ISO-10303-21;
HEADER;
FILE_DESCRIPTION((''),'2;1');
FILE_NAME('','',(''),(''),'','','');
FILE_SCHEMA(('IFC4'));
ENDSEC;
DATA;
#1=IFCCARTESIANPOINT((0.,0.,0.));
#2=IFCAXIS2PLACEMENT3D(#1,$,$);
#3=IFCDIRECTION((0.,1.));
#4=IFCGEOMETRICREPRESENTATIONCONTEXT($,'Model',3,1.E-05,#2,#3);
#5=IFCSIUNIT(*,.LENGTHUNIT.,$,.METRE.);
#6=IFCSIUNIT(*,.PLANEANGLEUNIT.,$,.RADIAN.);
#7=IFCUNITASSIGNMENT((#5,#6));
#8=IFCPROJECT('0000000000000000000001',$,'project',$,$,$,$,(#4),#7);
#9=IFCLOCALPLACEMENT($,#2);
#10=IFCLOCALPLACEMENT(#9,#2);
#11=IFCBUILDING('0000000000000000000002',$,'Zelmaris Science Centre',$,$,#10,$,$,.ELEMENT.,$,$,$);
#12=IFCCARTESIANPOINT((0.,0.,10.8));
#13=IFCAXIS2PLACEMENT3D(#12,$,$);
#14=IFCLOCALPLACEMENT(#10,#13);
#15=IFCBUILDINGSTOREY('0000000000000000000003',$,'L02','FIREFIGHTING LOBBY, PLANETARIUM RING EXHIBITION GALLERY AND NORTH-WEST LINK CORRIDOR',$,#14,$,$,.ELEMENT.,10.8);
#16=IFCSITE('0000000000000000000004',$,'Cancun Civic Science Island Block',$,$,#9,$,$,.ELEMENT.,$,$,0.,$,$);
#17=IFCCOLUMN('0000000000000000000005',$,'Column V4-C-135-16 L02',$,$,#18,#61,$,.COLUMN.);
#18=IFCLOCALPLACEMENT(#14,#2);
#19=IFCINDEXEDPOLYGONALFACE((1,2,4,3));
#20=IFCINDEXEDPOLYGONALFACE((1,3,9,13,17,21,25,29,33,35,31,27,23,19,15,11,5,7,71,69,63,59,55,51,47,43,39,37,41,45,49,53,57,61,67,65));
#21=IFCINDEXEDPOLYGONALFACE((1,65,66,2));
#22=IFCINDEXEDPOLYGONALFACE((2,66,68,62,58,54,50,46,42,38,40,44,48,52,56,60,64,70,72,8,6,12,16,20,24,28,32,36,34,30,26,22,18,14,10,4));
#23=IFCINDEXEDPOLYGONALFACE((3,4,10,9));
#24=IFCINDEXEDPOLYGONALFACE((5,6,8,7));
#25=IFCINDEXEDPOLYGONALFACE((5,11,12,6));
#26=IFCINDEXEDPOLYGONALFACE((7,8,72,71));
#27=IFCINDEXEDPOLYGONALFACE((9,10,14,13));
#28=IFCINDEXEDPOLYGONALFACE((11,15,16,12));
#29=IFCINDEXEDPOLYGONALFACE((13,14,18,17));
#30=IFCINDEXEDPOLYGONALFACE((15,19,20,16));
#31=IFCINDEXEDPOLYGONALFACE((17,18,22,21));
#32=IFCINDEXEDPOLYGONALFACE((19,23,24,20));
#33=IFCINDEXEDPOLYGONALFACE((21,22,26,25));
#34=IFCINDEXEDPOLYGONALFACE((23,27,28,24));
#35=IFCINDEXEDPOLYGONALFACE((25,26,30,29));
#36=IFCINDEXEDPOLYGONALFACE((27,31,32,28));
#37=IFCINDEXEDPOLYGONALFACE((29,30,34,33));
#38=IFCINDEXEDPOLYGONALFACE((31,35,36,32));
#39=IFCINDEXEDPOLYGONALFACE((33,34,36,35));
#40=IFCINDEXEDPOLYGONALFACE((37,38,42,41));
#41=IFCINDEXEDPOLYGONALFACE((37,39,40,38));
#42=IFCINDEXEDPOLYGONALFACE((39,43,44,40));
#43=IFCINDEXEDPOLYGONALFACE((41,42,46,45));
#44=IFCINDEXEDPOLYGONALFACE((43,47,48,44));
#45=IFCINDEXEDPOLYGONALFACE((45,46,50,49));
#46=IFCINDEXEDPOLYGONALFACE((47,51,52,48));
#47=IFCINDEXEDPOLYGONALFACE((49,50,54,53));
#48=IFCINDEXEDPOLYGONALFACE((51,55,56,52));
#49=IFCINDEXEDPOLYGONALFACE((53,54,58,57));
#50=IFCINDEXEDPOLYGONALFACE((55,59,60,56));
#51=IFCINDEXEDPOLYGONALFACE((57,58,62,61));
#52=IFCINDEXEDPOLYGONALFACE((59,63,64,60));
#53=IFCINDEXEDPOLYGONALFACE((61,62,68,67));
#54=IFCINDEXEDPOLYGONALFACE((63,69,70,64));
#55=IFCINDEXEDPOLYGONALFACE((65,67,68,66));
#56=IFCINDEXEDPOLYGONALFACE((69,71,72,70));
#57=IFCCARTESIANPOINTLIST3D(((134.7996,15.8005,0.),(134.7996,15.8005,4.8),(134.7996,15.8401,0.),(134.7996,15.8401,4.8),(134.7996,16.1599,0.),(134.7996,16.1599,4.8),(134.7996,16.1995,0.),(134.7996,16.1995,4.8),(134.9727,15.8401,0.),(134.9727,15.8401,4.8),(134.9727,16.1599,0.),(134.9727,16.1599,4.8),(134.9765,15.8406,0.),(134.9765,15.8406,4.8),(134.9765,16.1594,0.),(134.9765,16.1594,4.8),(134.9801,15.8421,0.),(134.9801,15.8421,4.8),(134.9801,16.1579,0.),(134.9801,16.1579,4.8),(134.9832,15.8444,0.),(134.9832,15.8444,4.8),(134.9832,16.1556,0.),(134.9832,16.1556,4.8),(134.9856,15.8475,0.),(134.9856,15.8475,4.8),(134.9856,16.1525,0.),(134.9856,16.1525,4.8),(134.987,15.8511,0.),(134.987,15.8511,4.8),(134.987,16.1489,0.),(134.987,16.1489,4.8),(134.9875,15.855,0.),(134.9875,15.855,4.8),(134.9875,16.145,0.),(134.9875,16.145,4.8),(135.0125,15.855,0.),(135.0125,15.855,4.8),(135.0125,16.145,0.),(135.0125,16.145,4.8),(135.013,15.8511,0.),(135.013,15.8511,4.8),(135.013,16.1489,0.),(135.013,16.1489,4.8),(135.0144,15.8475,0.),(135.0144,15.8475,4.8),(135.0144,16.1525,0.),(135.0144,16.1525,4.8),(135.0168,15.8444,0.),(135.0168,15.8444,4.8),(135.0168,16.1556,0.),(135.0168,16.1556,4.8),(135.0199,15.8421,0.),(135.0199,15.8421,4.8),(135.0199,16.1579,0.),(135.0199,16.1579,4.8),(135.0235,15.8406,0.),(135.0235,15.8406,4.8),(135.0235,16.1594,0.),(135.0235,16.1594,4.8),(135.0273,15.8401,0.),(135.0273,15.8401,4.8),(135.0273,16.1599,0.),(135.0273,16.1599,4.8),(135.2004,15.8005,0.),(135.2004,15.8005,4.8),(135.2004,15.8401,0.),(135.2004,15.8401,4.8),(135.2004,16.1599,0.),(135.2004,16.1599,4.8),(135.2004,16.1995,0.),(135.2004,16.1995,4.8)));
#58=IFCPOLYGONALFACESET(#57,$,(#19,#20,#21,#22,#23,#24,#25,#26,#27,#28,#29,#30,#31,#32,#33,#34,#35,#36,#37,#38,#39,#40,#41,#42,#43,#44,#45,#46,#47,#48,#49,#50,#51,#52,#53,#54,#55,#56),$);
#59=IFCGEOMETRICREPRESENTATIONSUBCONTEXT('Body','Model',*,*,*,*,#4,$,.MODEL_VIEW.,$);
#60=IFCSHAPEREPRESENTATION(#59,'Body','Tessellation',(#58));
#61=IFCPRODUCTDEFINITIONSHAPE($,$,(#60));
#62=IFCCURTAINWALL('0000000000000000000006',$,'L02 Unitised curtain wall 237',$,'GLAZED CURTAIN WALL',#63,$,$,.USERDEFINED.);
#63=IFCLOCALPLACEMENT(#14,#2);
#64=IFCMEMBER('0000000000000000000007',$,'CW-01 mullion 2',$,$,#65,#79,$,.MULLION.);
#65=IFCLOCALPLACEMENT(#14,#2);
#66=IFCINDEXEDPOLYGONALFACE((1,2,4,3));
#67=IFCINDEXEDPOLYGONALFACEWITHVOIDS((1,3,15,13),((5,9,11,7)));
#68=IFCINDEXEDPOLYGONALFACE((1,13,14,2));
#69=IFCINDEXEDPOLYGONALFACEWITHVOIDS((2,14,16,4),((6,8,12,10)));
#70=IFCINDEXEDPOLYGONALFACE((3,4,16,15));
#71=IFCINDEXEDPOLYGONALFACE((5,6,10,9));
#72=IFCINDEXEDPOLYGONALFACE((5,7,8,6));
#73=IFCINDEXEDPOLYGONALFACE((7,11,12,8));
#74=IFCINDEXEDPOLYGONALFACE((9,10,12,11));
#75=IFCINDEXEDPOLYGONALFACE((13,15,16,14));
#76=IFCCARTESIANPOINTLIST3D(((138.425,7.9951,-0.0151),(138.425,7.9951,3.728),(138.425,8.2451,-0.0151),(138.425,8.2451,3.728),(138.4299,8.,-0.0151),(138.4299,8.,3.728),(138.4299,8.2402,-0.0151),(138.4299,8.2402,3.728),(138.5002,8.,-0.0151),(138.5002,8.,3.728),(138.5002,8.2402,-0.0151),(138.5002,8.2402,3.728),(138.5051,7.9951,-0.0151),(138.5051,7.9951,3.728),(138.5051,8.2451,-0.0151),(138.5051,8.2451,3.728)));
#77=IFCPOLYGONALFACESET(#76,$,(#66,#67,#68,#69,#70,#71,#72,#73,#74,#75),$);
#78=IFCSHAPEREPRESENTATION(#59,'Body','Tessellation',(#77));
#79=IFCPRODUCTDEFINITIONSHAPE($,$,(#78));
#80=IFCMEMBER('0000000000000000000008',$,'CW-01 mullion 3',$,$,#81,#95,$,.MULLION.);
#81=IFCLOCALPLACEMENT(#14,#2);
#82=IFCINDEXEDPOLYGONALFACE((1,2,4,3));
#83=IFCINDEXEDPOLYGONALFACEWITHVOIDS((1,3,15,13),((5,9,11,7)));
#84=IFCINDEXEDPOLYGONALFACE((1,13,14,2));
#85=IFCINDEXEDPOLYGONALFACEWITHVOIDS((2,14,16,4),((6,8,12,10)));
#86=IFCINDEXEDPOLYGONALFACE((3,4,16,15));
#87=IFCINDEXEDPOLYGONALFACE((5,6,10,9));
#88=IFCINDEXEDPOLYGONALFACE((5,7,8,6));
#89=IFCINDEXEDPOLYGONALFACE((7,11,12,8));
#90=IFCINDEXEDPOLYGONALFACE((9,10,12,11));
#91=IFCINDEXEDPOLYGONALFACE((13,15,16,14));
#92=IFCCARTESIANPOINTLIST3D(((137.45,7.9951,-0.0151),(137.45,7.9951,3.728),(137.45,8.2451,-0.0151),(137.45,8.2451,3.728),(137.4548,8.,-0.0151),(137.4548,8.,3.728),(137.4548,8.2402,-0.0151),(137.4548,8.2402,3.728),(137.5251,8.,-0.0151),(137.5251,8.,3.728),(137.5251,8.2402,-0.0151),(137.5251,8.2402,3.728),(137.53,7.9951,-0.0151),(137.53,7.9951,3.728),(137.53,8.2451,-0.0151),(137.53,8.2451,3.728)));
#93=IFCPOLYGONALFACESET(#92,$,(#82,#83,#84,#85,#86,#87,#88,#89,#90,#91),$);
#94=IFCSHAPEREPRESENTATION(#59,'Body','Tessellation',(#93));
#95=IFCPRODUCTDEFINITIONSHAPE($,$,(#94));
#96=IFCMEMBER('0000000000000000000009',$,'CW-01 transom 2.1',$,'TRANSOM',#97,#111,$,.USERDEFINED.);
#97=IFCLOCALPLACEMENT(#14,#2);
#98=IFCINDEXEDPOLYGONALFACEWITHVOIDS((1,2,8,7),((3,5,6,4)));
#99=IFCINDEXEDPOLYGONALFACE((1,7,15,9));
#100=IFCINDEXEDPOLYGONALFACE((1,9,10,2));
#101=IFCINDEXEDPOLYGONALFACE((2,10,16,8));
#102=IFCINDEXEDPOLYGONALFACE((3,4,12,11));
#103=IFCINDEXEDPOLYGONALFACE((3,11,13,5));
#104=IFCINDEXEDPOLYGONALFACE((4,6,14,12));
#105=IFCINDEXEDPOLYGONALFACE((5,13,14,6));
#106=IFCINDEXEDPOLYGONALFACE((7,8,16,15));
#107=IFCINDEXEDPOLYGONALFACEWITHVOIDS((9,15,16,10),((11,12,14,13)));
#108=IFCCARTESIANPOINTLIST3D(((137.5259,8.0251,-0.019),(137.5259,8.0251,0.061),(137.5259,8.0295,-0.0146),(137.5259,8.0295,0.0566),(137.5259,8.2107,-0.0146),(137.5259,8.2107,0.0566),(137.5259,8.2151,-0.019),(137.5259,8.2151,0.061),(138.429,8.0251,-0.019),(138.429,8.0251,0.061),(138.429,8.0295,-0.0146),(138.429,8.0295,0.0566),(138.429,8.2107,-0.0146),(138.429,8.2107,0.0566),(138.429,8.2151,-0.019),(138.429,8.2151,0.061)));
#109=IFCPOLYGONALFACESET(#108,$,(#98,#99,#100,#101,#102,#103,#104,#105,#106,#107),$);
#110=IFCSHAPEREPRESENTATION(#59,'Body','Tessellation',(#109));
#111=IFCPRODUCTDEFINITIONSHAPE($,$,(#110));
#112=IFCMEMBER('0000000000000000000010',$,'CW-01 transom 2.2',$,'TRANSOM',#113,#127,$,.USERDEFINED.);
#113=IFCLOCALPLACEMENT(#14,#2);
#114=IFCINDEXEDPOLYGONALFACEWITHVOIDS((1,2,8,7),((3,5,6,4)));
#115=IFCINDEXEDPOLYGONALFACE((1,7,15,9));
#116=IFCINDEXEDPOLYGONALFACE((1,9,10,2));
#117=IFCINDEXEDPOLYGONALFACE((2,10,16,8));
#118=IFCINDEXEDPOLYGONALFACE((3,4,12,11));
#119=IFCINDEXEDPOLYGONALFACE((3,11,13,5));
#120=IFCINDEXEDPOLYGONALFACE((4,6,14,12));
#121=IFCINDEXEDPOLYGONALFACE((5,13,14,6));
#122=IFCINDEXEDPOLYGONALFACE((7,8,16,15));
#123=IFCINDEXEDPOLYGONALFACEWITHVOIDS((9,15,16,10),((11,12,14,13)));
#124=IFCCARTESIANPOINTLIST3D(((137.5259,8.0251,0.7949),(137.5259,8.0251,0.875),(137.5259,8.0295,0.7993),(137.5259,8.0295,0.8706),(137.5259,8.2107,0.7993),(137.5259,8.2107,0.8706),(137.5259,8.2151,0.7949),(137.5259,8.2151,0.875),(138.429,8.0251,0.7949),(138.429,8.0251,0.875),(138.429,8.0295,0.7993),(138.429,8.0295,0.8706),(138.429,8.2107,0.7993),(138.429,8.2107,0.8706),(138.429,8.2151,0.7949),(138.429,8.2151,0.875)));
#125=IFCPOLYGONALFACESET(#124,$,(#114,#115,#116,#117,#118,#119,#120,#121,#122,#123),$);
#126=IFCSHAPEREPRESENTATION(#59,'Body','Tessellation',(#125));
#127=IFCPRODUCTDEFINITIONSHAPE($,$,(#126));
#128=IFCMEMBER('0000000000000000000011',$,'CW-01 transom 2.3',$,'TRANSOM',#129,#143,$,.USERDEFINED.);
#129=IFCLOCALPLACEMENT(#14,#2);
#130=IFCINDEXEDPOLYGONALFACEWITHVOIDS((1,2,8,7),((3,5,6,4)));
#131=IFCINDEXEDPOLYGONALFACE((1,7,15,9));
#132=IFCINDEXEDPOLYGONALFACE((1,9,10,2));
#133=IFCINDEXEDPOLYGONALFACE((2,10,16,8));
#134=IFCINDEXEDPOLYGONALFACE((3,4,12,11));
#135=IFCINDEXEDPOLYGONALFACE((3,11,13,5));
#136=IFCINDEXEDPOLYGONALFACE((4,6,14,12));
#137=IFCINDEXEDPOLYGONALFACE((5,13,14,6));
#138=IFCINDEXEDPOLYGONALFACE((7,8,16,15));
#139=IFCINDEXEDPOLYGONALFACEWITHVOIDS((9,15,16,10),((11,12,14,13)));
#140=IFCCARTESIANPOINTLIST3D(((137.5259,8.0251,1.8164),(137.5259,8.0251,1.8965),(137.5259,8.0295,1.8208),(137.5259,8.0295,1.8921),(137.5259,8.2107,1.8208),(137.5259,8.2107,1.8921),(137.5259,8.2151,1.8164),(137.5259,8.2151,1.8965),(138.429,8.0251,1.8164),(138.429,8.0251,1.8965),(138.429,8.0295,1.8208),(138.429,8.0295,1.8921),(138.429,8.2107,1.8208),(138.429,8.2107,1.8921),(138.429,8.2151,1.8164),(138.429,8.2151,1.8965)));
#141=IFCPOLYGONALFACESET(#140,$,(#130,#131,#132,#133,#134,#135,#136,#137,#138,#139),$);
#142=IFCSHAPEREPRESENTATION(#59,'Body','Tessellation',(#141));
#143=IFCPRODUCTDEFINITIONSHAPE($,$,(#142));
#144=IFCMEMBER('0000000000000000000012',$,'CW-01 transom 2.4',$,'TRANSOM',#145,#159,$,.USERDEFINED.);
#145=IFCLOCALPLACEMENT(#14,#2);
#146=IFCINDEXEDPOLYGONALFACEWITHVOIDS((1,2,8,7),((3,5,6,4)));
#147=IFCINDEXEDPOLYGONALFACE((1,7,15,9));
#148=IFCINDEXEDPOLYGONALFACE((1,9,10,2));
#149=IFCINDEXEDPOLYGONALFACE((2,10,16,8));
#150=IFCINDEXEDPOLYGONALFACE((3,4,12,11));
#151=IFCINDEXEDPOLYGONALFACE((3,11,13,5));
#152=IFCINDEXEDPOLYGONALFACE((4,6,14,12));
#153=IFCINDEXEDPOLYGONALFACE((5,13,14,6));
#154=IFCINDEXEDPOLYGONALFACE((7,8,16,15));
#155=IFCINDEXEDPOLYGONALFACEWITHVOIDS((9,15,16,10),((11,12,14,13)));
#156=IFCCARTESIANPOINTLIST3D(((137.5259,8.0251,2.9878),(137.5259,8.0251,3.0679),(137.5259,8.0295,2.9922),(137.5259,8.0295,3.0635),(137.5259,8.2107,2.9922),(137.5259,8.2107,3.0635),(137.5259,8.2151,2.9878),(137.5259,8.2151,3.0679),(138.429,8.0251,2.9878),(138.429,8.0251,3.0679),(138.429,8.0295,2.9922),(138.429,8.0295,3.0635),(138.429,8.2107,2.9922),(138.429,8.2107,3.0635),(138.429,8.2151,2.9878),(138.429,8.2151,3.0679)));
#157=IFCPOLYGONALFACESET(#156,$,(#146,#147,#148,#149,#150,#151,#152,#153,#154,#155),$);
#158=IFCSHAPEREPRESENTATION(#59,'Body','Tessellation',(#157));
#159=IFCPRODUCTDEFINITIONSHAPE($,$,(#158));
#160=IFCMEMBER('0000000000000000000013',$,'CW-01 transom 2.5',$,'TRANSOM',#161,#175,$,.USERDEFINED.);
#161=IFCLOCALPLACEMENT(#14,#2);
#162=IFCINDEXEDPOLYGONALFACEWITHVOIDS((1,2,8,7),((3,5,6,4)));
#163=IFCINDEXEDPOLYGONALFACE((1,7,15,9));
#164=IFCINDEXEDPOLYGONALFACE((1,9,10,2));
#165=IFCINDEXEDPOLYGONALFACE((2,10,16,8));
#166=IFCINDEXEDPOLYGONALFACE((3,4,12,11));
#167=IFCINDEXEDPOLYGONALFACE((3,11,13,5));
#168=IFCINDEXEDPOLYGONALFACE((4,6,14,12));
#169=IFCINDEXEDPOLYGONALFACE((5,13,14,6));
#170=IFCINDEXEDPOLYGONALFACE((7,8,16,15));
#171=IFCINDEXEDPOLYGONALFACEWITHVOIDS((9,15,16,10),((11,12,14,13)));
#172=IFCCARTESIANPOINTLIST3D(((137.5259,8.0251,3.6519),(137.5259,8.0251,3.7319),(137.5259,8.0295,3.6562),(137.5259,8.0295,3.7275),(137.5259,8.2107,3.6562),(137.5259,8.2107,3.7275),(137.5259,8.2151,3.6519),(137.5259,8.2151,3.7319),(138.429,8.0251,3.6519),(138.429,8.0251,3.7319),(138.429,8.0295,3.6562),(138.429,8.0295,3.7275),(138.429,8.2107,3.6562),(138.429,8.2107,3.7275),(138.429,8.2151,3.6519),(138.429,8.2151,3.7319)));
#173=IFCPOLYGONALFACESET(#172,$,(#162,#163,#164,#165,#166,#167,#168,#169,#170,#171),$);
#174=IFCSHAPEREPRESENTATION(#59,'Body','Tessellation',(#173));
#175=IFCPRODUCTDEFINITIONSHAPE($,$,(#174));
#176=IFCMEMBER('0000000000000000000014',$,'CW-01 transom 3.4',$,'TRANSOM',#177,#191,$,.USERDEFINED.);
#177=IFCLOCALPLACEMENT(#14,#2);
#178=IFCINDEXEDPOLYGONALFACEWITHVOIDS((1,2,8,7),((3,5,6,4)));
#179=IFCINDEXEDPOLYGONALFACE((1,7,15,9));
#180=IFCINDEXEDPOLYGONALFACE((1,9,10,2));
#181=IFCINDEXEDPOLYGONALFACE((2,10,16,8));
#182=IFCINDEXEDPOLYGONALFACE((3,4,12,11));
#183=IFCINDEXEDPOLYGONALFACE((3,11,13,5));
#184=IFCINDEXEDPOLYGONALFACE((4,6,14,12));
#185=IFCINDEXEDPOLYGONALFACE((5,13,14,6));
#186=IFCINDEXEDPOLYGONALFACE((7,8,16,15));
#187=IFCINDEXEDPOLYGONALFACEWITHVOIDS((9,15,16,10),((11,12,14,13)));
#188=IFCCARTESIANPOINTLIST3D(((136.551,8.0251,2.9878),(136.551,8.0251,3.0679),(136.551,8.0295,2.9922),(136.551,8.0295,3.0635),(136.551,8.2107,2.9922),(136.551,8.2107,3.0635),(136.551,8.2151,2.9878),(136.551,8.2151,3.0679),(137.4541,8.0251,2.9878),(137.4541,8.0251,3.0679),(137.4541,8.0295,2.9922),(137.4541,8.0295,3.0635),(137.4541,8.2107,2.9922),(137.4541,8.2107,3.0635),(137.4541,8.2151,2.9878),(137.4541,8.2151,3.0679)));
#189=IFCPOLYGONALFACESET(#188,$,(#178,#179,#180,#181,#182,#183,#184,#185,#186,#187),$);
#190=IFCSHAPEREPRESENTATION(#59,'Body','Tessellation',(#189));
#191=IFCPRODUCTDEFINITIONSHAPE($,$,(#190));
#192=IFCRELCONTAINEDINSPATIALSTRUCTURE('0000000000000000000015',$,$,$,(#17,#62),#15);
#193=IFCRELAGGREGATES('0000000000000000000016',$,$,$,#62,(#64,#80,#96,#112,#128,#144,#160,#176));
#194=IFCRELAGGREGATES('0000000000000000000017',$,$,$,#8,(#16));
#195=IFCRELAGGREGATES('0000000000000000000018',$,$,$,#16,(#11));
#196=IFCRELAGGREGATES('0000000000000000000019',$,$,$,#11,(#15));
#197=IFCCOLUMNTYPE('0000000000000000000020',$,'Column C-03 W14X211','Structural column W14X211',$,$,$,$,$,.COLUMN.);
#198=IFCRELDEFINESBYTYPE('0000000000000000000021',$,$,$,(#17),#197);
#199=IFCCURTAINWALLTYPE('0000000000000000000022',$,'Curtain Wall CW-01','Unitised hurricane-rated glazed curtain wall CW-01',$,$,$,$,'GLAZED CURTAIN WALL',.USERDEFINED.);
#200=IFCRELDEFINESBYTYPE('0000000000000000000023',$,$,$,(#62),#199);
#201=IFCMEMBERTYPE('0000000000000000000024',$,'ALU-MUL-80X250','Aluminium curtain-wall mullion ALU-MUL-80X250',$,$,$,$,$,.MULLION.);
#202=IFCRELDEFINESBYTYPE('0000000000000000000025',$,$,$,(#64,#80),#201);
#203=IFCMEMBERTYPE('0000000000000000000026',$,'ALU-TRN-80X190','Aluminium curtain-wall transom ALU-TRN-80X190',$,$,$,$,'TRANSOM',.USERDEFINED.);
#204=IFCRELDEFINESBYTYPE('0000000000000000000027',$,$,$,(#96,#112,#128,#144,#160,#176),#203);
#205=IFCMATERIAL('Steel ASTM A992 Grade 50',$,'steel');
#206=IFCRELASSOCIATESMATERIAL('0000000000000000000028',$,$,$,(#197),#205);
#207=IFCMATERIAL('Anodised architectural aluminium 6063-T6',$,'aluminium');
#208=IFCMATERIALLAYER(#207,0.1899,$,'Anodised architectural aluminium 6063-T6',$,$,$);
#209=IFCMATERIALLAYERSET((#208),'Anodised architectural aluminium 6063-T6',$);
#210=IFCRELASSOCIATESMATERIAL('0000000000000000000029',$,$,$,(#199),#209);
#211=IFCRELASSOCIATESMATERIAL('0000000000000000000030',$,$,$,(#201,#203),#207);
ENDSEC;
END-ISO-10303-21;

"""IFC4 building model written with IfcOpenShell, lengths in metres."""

from ifc_helpers import new_model, si_unit, direction, frame, origin, origin_2d, place, context, subcontext, project, spatial, hollow_rectangle, i_section, extrude, material, layer, layer_set, material_profile, profile_set, type_object, element, aggregate, save


model = new_model("IFC4")

# Units and contexts
model_context = context("Model", 3, precision=1e-05, world=origin(), true_north=direction((0.0, 1.0)))
body_context = subcontext(model_context, "Body", "Model", "MODEL_VIEW")
ifc_project = project(units=[si_unit("LENGTHUNIT", "METRE"), si_unit("PLANEANGLEUNIT", "RADIAN")], contexts=[model_context])

# Site, building, storey
site_placement = place(None, origin())
site = spatial("IfcSite", under=ifc_project, at=site_placement, Name="Cancun Civic Science Island Block", CompositionType="ELEMENT", RefElevation=0.0)
building_placement = place(site_placement, origin())
building = spatial("IfcBuilding", under=site, at=building_placement, Name="Zelmaris Science Centre", CompositionType="ELEMENT")
storey_placement = place(building_placement, frame((0.0, 0.0, 10.8)))
storey = spatial("IfcBuildingStorey", under=building, at=storey_placement, Name="L02", Description="FIREFIGHTING LOBBY, PLANETARIUM RING EXHIBITION GALLERY AND NORTH-WEST LINK CORRIDOR", CompositionType="ELEMENT", Elevation=10.8)

# Column
ifc_material_1 = material(Name="Steel ASTM A992 Grade 50", Category="steel")
ifc_material_profile_1 = material_profile(ifc_material_1, i_section(OverallWidth=0.4009, OverallDepth=0.3989, WebThickness=0.0249, FlangeThickness=0.0396, FilletRadius=0.0149, at=origin_2d()), Name="W14X211")
ifc_profile_set_1 = profile_set([ifc_material_profile_1], Name="Steel ASTM A992 Grade 50")
column_type = type_object("IfcColumnType", Name="Column C-03 W14X211", Description="Structural column W14X211", PredefinedType="COLUMN", material=ifc_profile_set_1)
column_placement = place(storey_placement, frame((135.0, 16.0, 0.0), z_axis=(0.0, 0.0, 1.0), x_axis=(1.0, 0.0, 0.0)))
element("IfcColumn", 1, at=column_placement, inside=storey, type_object=column_type, Name="Column V4-C-135-16 L02", PredefinedType="COLUMN", context=body_context, shape_type="SweptSolid", body=[
    extrude(i_section(OverallWidth=0.4009, OverallDepth=0.3989, WebThickness=0.0249, FlangeThickness=0.0396, FilletRadius=0.0149, at=origin_2d()), origin(), (0.0, 0.0, 1.0), 4.8),
])

# Curtain wall, members
ifc_material_2 = material(Name="Anodised architectural aluminium 6063-T6", Category="aluminium")
ifc_layer_1 = layer(ifc_material_2, 0.1899, Name="Anodised architectural aluminium 6063-T6")
ifc_layer_set_1 = layer_set([ifc_layer_1], Name="Anodised architectural aluminium 6063-T6")
curtain_wall_type = type_object("IfcCurtainWallType", Name="Curtain Wall CW-01", Description="Unitised hurricane-rated glazed curtain wall CW-01", ElementType="GLAZED CURTAIN WALL", PredefinedType="USERDEFINED", material=ifc_layer_set_1)
curtain_wall_placement = place(storey_placement, origin())
curtain_wall = element("IfcCurtainWall", 2, at=curtain_wall_placement, inside=storey, type_object=curtain_wall_type, Name="L02 Unitised curtain wall 237", ObjectType="GLAZED CURTAIN WALL", PredefinedType="USERDEFINED")
ifc_material_profile_2 = material_profile(ifc_material_2, hollow_rectangle(XDim=0.0801, YDim=0.25, WallThickness=0.0049, at=origin_2d()), Name="ALU-MUL-80X250")
ifc_profile_set_2 = profile_set([ifc_material_profile_2], Name="Anodised architectural aluminium 6063-T6")
member_type_1 = type_object("IfcMemberType", Name="ALU-MUL-80X250", Description="Aluminium curtain-wall mullion ALU-MUL-80X250", PredefinedType="MULLION", material=ifc_profile_set_2)
member_1_placement = place(storey_placement, frame((138.4651, 8.1201, -0.0151), z_axis=(0.0, 0.0, 1.0), x_axis=(-1.0, 0.0, 0.0)))
member_1 = element("IfcMember", 3, at=member_1_placement, type_object=member_type_1, Name="CW-01 mullion 2", PredefinedType="MULLION", context=body_context, shape_type="SweptSolid", body=[
    extrude(hollow_rectangle(XDim=0.0801, YDim=0.25, WallThickness=0.0049, at=origin_2d()), origin(), (0.0, 0.0, 1.0), 3.7432),
])
member_2_placement = place(storey_placement, frame((137.49, 8.1201, -0.0151), z_axis=(0.0, 0.0, 1.0), x_axis=(-1.0, 0.0, 0.0)))
member_2 = element("IfcMember", 4, at=member_2_placement, type_object=member_type_1, Name="CW-01 mullion 3", PredefinedType="MULLION", context=body_context, shape_type="SweptSolid", body=[
    extrude(hollow_rectangle(XDim=0.0801, YDim=0.25, WallThickness=0.0049, at=origin_2d()), origin(), (0.0, 0.0, 1.0), 3.7432),
])
ifc_material_profile_3 = material_profile(ifc_material_2, hollow_rectangle(XDim=0.0801, YDim=0.1899, WallThickness=0.0044, at=origin_2d()), Name="ALU-TRN-80X190")
ifc_profile_set_3 = profile_set([ifc_material_profile_3], Name="Anodised architectural aluminium 6063-T6")
member_type_2 = type_object("IfcMemberType", Name="ALU-TRN-80X190", Description="Aluminium curtain-wall transom ALU-TRN-80X190", ElementType="TRANSOM", PredefinedType="USERDEFINED", material=ifc_profile_set_3)
member_3_placement = place(storey_placement, frame((138.429, 8.1201, 0.021), z_axis=(-1.0, 0.0, 0.0), x_axis=(0.0, 0.0, 1.0)))
member_3 = element("IfcMember", 5, at=member_3_placement, type_object=member_type_2, Name="CW-01 transom 2.1", ObjectType="TRANSOM", PredefinedType="USERDEFINED", context=body_context, shape_type="SweptSolid", body=[
    extrude(hollow_rectangle(XDim=0.0801, YDim=0.1899, WallThickness=0.0044, at=origin_2d()), origin(), (0.0, 0.0, 1.0), 0.9031),
])
member_4_placement = place(storey_placement, frame((138.429, 8.1201, 0.835), z_axis=(-1.0, 0.0, 0.0), x_axis=(0.0, 0.0, 1.0)))
member_4 = element("IfcMember", 6, at=member_4_placement, type_object=member_type_2, Name="CW-01 transom 2.2", ObjectType="TRANSOM", PredefinedType="USERDEFINED", context=body_context, shape_type="SweptSolid", body=[
    extrude(hollow_rectangle(XDim=0.0801, YDim=0.1899, WallThickness=0.0044, at=origin_2d()), origin(), (0.0, 0.0, 1.0), 0.9031),
])
member_5_placement = place(storey_placement, frame((138.429, 8.1201, 1.8564), z_axis=(-1.0, 0.0, 0.0), x_axis=(0.0, 0.0, 1.0)))
member_5 = element("IfcMember", 7, at=member_5_placement, type_object=member_type_2, Name="CW-01 transom 2.3", ObjectType="TRANSOM", PredefinedType="USERDEFINED", context=body_context, shape_type="SweptSolid", body=[
    extrude(hollow_rectangle(XDim=0.0801, YDim=0.1899, WallThickness=0.0044, at=origin_2d()), origin(), (0.0, 0.0, 1.0), 0.9031),
])
member_6_placement = place(storey_placement, frame((138.429, 8.1201, 3.0278), z_axis=(-1.0, 0.0, 0.0), x_axis=(0.0, 0.0, 1.0)))
member_6 = element("IfcMember", 8, at=member_6_placement, type_object=member_type_2, Name="CW-01 transom 2.4", ObjectType="TRANSOM", PredefinedType="USERDEFINED", context=body_context, shape_type="SweptSolid", body=[
    extrude(hollow_rectangle(XDim=0.0801, YDim=0.1899, WallThickness=0.0044, at=origin_2d()), origin(), (0.0, 0.0, 1.0), 0.9031),
])
member_7_placement = place(storey_placement, frame((138.429, 8.1201, 3.6919), z_axis=(-1.0, 0.0, 0.0), x_axis=(0.0, 0.0, 1.0)))
member_7 = element("IfcMember", 9, at=member_7_placement, type_object=member_type_2, Name="CW-01 transom 2.5", ObjectType="TRANSOM", PredefinedType="USERDEFINED", context=body_context, shape_type="SweptSolid", body=[
    extrude(hollow_rectangle(XDim=0.0801, YDim=0.1899, WallThickness=0.0044, at=origin_2d()), origin(), (0.0, 0.0, 1.0), 0.9031),
])
member_8_placement = place(storey_placement, frame((137.4541, 8.1201, 3.0278), z_axis=(-1.0, 0.0, 0.0), x_axis=(0.0, 0.0, 1.0)))
member_8 = element("IfcMember", 10, at=member_8_placement, type_object=member_type_2, Name="CW-01 transom 3.4", ObjectType="TRANSOM", PredefinedType="USERDEFINED", context=body_context, shape_type="SweptSolid", body=[
    extrude(hollow_rectangle(XDim=0.0801, YDim=0.1899, WallThickness=0.0044, at=origin_2d()), origin(), (0.0, 0.0, 1.0), 0.9031),
])

aggregate(curtain_wall, [member_1, member_2, member_3, member_4, member_5, member_6, member_7, member_8])

save(model, "model.ifc")
